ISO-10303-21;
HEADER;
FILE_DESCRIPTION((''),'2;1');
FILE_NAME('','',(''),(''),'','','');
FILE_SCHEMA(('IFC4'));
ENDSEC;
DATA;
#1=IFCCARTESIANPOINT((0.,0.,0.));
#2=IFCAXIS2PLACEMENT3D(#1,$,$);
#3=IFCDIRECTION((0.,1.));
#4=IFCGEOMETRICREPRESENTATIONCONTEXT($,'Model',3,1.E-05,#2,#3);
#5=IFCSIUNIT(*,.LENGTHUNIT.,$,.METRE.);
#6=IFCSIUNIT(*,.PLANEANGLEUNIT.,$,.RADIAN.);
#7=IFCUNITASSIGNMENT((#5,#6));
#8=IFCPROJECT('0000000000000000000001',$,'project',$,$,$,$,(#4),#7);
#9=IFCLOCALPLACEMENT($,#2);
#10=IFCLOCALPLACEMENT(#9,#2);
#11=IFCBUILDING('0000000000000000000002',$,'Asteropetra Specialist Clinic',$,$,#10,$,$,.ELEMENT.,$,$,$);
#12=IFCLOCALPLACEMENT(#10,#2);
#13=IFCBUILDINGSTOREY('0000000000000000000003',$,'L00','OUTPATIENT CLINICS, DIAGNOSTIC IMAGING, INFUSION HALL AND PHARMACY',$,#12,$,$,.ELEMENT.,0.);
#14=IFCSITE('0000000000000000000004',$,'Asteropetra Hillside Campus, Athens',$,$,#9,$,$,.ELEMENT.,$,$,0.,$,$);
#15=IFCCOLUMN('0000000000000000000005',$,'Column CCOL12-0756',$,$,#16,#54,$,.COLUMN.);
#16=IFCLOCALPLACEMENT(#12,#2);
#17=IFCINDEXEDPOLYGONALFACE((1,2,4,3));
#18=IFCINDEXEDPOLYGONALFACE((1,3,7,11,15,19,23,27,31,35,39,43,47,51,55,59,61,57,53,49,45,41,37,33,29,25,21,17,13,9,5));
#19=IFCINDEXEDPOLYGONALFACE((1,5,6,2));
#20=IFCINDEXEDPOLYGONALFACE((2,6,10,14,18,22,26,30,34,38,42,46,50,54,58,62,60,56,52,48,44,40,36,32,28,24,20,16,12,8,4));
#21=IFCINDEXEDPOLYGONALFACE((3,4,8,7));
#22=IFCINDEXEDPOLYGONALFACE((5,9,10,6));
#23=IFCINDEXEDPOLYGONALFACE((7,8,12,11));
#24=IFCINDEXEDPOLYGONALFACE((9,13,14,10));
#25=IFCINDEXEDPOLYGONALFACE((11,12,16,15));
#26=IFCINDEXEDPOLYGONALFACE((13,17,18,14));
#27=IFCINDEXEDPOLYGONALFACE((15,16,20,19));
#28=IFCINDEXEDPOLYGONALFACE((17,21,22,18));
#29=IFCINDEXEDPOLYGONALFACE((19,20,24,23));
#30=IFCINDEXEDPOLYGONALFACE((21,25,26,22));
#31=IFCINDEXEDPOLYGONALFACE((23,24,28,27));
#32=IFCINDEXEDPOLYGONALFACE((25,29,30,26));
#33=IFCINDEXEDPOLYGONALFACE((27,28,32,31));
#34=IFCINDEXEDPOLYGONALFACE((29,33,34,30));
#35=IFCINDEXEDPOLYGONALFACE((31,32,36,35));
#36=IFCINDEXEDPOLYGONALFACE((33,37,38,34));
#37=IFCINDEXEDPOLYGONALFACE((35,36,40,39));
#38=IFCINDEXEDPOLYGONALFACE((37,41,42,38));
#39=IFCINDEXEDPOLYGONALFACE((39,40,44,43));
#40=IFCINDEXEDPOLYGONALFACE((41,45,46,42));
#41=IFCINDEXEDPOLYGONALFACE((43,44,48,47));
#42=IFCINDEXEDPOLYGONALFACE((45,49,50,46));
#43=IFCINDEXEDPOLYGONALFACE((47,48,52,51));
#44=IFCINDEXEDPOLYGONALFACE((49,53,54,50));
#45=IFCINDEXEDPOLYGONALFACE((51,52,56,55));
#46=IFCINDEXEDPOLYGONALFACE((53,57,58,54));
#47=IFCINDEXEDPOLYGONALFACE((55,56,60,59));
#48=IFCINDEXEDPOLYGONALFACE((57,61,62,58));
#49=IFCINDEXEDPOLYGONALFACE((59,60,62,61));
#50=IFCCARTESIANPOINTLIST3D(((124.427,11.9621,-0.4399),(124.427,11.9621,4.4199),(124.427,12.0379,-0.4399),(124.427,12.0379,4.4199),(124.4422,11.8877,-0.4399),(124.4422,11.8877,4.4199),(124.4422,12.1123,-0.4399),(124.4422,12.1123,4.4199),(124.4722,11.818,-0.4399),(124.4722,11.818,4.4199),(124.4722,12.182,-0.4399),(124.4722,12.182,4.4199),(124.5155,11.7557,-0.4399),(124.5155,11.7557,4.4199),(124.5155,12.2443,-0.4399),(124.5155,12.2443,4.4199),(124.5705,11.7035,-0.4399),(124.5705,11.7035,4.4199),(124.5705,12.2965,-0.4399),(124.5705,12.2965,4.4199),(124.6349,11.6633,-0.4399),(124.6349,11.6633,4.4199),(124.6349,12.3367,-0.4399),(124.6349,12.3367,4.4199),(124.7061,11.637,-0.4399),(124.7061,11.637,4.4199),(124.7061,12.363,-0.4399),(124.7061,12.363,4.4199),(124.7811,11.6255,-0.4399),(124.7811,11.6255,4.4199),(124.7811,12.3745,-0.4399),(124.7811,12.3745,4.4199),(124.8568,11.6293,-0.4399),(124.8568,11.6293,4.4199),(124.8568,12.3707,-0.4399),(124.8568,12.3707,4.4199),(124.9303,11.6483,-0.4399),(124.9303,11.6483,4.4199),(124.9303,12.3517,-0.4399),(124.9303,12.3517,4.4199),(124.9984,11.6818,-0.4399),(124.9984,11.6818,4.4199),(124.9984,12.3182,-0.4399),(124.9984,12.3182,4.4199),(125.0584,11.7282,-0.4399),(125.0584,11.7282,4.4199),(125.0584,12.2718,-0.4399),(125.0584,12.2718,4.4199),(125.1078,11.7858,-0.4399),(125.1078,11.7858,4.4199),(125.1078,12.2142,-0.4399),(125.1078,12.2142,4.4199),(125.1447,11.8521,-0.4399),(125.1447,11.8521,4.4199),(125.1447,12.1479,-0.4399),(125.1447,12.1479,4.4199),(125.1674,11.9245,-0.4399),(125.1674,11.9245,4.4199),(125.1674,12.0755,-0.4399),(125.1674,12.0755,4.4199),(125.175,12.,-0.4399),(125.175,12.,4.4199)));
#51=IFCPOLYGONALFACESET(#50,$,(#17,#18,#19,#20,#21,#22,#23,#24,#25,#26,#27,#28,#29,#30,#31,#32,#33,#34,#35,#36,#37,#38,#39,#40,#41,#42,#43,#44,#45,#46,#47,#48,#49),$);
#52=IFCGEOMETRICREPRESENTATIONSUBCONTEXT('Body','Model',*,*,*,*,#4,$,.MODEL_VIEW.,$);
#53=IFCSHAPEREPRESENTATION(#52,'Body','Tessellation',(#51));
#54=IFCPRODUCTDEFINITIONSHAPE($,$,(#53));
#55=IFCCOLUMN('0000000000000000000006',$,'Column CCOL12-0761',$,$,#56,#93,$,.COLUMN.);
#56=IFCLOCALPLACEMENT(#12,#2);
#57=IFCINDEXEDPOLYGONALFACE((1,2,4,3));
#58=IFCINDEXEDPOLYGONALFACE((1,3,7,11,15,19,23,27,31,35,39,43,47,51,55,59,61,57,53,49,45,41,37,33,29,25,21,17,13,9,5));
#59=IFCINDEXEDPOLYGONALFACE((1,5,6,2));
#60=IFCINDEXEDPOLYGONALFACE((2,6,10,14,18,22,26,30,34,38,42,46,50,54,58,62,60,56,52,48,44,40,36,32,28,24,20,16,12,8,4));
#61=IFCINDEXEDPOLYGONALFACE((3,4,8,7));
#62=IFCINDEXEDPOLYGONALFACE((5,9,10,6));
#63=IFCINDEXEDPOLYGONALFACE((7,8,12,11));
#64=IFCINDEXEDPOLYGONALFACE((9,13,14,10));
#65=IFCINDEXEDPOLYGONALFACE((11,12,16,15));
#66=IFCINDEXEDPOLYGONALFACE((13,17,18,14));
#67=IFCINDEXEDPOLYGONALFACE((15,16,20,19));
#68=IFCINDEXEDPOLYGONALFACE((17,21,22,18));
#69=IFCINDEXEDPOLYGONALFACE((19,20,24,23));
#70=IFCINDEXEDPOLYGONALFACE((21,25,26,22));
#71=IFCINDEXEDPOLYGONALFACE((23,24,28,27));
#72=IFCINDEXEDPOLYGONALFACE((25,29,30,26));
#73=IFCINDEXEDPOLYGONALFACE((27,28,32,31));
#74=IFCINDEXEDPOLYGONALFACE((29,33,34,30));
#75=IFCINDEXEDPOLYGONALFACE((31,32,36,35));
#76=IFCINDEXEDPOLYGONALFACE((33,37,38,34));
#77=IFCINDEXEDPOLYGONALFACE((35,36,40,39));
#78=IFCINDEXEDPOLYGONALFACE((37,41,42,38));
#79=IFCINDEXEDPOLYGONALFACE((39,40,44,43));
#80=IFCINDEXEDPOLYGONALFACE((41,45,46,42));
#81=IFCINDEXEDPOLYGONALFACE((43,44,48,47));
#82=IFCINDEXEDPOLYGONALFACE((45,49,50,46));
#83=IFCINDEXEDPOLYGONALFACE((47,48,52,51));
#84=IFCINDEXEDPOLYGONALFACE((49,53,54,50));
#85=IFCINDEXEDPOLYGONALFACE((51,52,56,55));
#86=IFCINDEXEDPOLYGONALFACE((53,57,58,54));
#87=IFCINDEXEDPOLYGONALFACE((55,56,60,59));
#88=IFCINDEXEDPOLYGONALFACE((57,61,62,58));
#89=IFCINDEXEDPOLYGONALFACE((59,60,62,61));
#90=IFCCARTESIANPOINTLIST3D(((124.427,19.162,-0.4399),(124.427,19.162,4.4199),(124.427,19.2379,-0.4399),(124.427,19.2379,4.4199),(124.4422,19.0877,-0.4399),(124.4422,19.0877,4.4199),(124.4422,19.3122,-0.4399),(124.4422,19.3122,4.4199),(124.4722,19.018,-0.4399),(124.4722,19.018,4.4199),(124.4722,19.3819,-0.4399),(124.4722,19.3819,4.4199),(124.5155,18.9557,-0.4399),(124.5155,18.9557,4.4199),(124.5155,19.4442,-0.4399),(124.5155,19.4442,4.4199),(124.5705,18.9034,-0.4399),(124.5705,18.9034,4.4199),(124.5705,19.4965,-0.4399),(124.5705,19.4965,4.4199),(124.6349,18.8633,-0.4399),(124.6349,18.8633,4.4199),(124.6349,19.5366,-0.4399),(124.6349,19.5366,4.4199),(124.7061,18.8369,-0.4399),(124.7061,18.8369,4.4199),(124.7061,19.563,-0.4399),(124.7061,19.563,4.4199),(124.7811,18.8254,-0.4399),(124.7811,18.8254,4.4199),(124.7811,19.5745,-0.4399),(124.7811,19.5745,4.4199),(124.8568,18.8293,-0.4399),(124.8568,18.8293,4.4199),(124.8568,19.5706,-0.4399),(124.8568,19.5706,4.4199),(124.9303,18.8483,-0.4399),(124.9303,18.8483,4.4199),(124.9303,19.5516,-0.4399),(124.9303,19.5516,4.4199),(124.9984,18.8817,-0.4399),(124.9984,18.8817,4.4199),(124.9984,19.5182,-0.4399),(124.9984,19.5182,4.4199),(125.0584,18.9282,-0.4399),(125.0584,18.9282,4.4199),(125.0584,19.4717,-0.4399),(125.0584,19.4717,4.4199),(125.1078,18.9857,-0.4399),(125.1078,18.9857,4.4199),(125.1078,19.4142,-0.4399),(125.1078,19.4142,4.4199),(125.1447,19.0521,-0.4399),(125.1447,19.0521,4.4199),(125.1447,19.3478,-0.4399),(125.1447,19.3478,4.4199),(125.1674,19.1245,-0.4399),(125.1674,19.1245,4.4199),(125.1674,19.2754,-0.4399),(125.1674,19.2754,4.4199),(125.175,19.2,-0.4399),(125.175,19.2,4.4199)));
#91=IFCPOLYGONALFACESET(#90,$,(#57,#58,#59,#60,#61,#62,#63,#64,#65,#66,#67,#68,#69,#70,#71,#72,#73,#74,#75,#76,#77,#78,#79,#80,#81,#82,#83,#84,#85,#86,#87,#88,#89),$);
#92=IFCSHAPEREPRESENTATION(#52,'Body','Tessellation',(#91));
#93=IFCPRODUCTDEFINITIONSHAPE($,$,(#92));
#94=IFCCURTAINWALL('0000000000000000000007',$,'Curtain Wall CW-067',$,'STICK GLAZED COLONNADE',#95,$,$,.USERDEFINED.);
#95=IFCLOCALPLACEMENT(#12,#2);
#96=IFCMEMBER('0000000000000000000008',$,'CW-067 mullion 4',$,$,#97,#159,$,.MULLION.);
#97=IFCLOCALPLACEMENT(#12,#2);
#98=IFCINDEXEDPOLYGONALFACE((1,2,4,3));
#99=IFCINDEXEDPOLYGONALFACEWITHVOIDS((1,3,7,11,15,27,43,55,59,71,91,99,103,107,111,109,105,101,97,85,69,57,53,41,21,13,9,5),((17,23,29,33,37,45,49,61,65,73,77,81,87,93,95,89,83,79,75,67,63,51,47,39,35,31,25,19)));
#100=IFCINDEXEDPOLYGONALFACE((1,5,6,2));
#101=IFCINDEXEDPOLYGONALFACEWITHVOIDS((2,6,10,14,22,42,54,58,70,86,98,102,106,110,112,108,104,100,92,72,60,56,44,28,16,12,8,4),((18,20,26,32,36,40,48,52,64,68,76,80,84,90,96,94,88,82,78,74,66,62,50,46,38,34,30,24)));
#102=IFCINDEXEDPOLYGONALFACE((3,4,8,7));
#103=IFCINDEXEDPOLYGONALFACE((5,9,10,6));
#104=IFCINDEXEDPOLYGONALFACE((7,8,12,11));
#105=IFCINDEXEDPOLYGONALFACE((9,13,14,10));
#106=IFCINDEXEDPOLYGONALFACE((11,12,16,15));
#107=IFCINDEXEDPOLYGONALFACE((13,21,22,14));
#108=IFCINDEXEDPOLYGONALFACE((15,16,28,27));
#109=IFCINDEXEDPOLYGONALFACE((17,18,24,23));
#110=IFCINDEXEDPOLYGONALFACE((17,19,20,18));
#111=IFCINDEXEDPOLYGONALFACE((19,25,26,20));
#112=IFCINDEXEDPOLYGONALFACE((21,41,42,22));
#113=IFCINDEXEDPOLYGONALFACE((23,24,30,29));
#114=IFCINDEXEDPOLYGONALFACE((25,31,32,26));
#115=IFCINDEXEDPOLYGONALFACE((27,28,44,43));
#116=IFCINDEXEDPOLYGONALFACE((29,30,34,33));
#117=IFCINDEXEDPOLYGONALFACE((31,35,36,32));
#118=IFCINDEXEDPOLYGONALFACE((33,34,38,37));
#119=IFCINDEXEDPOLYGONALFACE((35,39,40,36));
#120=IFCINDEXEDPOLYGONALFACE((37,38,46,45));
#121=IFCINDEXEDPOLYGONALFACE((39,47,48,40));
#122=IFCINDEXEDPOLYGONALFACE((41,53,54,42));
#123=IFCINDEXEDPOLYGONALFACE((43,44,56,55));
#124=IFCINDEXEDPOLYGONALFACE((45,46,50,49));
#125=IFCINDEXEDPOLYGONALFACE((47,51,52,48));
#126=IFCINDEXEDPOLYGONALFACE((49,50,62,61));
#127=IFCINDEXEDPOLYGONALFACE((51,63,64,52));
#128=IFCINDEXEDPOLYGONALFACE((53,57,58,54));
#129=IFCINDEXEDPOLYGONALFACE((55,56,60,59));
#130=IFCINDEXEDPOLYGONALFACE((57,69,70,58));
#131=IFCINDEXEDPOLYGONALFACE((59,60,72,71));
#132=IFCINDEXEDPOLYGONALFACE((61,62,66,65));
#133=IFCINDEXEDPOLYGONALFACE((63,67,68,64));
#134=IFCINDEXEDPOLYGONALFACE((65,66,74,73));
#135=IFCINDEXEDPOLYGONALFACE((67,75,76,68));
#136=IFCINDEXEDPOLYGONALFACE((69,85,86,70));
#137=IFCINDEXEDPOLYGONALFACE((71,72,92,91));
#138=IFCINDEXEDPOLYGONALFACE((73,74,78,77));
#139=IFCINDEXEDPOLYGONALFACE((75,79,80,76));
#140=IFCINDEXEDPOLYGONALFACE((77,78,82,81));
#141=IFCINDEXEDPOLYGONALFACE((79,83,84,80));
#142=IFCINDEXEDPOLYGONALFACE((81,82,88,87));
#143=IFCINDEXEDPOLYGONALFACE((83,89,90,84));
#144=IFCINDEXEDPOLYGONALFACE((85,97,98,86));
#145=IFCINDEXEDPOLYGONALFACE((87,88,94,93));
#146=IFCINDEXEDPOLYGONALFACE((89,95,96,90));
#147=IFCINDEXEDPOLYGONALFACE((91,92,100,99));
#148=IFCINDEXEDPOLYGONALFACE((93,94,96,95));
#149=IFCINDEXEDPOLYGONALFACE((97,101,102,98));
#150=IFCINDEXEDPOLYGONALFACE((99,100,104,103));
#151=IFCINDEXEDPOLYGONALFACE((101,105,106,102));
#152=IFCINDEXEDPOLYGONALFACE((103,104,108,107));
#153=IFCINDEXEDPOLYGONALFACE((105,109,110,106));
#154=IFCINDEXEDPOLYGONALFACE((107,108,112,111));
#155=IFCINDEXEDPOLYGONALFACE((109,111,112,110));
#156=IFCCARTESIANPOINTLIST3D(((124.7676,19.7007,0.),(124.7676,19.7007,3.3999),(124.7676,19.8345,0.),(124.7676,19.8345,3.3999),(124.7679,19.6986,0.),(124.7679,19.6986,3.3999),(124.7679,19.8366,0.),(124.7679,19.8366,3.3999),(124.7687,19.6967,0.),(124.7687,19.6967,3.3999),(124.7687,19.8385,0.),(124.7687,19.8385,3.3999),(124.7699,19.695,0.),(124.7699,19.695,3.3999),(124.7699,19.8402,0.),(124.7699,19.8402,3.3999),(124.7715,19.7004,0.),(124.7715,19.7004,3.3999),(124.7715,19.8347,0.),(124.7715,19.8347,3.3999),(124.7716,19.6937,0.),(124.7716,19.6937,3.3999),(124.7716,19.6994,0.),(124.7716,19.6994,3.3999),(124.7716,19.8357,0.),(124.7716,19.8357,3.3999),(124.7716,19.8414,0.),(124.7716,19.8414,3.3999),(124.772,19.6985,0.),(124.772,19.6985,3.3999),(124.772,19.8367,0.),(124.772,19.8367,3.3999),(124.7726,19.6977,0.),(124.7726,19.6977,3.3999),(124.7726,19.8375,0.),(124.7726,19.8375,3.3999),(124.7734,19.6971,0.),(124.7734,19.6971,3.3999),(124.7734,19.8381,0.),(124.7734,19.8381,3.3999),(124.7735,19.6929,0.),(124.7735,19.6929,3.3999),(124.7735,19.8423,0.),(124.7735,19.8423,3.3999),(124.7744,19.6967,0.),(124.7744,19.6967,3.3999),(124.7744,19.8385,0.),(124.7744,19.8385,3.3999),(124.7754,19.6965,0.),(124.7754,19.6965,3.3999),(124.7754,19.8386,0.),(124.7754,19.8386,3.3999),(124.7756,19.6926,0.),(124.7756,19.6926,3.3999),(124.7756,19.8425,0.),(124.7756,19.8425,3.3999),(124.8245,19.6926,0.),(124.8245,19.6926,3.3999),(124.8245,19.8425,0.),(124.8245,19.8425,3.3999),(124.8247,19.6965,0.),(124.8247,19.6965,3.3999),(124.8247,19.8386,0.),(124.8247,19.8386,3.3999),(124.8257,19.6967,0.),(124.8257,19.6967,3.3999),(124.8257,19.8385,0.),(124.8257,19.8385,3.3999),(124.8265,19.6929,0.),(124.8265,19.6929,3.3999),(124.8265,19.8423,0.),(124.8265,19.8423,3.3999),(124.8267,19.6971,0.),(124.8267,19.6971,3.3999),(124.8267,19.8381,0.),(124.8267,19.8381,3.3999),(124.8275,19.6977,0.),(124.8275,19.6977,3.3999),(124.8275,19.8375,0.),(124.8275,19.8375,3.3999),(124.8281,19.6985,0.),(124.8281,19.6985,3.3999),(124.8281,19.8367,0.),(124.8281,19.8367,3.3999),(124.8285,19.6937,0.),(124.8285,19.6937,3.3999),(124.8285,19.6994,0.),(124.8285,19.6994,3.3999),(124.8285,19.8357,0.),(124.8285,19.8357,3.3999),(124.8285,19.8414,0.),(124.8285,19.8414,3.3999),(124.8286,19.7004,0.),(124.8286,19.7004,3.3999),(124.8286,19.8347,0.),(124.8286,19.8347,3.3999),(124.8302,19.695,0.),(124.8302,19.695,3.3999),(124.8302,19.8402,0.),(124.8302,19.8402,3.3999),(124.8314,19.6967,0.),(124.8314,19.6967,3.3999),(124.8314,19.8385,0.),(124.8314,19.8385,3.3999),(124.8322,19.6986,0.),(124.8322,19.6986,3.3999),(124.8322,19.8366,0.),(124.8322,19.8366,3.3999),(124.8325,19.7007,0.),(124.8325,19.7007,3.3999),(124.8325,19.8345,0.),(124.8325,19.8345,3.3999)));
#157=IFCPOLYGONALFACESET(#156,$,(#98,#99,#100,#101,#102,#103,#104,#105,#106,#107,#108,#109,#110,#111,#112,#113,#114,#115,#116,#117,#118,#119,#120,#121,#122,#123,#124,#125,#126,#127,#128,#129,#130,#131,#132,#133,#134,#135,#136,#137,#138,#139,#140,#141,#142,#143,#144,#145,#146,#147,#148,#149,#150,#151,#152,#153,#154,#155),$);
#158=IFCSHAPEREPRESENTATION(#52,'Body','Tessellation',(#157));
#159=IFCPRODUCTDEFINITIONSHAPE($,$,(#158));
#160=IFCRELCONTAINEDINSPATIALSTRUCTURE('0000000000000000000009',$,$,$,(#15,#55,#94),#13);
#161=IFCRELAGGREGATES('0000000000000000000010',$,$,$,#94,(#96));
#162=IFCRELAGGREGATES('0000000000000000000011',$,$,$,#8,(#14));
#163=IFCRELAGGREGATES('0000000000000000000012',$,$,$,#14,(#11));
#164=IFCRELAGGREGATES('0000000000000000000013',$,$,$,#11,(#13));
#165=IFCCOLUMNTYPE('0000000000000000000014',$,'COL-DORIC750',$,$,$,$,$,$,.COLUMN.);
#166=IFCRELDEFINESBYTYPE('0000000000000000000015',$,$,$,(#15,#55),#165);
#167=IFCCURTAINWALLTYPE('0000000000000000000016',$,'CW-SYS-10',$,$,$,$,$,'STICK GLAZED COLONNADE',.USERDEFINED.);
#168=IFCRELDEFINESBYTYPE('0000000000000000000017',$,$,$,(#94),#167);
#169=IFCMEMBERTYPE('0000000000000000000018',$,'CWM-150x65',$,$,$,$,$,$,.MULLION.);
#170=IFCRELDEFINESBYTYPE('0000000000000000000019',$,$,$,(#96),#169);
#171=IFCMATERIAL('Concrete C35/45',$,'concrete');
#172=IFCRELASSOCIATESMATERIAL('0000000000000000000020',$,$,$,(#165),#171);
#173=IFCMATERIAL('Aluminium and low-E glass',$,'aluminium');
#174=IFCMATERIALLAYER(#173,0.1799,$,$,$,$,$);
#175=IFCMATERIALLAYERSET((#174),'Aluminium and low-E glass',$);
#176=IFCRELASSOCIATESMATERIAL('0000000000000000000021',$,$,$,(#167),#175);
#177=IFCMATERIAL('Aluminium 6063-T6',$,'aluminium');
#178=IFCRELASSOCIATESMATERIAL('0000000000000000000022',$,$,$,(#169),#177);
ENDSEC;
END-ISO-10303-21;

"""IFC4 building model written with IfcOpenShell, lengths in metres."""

from ifc_helpers import new_model, si_unit, direction, frame, origin, origin_2d, place, context, subcontext, project, spatial, hollow_rectangle, circle, extrude, material, layer, layer_set, material_profile, profile_set, type_object, element, aggregate, save


model = new_model("IFC4")

# Units and contexts
model_context = context("Model", 3, precision=1e-05, world=origin(), true_north=direction((0.0, 1.0)))
body_context = subcontext(model_context, "Body", "Model", "MODEL_VIEW")
ifc_project = project(units=[si_unit("LENGTHUNIT", "METRE"), si_unit("PLANEANGLEUNIT", "RADIAN")], contexts=[model_context])

# Site, building, storey
site_placement = place(None, origin())
site = spatial("IfcSite", under=ifc_project, at=site_placement, Name="Asteropetra Hillside Campus, Athens", CompositionType="ELEMENT", RefElevation=0.0)
building_placement = place(site_placement, origin())
building = spatial("IfcBuilding", under=site, at=building_placement, Name="Asteropetra Specialist Clinic", CompositionType="ELEMENT")
storey_placement = place(building_placement, origin())
storey = spatial("IfcBuildingStorey", under=building, at=storey_placement, Name="L00", Description="OUTPATIENT CLINICS, DIAGNOSTIC IMAGING, INFUSION HALL AND PHARMACY", CompositionType="ELEMENT", Elevation=0.0)

# Columns
ifc_material_1 = material(Name="Concrete C35/45", Category="concrete")
ifc_material_profile_1 = material_profile(ifc_material_1, circle(Radius=0.375, at=origin_2d()), Name="RCC D750")
ifc_profile_set_1 = profile_set([ifc_material_profile_1], Name="Concrete C35/45")
column_type = type_object("IfcColumnType", Name="COL-DORIC750", PredefinedType="COLUMN", material=ifc_profile_set_1)
for number, where, z_axis, x_axis, name in (
    (1, (124.8, 12.0, -0.4399), (0.0, 0.0, 1.0), (1.0, 0.0, 0.0), "Column CCOL12-0756"),
    (2, (124.8, 19.2, -0.4399), (0.0, 0.0, 1.0), (1.0, 0.0, 0.0), "Column CCOL12-0761"),
):
    element("IfcColumn", number, at=place(storey_placement, frame(where, z_axis=z_axis, x_axis=x_axis)), inside=storey, type_object=column_type, Name=name, PredefinedType="COLUMN", context=body_context, shape_type="SweptSolid", body=[
        extrude(circle(Radius=0.375, at=origin_2d()), origin(), (0.0, 0.0, 1.0), 4.8599),
    ])

# Curtain wall, member
ifc_material_2 = material(Name="Aluminium and low-E glass", Category="aluminium")
ifc_layer = layer(ifc_material_2, 0.1799)
ifc_layer_set = layer_set([ifc_layer], Name="Aluminium and low-E glass")
curtain_wall_type = type_object("IfcCurtainWallType", Name="CW-SYS-10", ElementType="STICK GLAZED COLONNADE", PredefinedType="USERDEFINED", material=ifc_layer_set)
curtain_wall_placement = place(storey_placement, origin())
curtain_wall = element("IfcCurtainWall", 3, at=curtain_wall_placement, inside=storey, type_object=curtain_wall_type, Name="Curtain Wall CW-067", ObjectType="STICK GLAZED COLONNADE", PredefinedType="USERDEFINED")
ifc_material_3 = material(Name="Aluminium 6063-T6", Category="aluminium")
ifc_material_profile_2 = material_profile(ifc_material_3, hollow_rectangle(XDim=0.0649, YDim=0.1499, WallThickness=0.0039, InnerFilletRadius=0.0039, OuterFilletRadius=0.0081, at=origin_2d()), Name="MUL 150x65x4.0")
ifc_profile_set_2 = profile_set([ifc_material_profile_2], Name="Aluminium 6063-T6")
member_type = type_object("IfcMemberType", Name="CWM-150x65", PredefinedType="MULLION", material=ifc_profile_set_2)
member_placement = place(storey_placement, frame((124.8, 19.7676, 0.0), z_axis=(0.0, 0.0, 1.0), x_axis=(1.0, 0.0, 0.0)))
member = element("IfcMember", 4, at=member_placement, type_object=member_type, Name="CW-067 mullion 4", PredefinedType="MULLION", context=body_context, shape_type="SweptSolid", body=[
    extrude(hollow_rectangle(XDim=0.0649, YDim=0.1499, WallThickness=0.0039, InnerFilletRadius=0.0039, OuterFilletRadius=0.0081, at=origin_2d()), origin(), (0.0, 0.0, 1.0), 3.3999),
])
aggregate(curtain_wall, [member])

save(model, "model.ifc")
